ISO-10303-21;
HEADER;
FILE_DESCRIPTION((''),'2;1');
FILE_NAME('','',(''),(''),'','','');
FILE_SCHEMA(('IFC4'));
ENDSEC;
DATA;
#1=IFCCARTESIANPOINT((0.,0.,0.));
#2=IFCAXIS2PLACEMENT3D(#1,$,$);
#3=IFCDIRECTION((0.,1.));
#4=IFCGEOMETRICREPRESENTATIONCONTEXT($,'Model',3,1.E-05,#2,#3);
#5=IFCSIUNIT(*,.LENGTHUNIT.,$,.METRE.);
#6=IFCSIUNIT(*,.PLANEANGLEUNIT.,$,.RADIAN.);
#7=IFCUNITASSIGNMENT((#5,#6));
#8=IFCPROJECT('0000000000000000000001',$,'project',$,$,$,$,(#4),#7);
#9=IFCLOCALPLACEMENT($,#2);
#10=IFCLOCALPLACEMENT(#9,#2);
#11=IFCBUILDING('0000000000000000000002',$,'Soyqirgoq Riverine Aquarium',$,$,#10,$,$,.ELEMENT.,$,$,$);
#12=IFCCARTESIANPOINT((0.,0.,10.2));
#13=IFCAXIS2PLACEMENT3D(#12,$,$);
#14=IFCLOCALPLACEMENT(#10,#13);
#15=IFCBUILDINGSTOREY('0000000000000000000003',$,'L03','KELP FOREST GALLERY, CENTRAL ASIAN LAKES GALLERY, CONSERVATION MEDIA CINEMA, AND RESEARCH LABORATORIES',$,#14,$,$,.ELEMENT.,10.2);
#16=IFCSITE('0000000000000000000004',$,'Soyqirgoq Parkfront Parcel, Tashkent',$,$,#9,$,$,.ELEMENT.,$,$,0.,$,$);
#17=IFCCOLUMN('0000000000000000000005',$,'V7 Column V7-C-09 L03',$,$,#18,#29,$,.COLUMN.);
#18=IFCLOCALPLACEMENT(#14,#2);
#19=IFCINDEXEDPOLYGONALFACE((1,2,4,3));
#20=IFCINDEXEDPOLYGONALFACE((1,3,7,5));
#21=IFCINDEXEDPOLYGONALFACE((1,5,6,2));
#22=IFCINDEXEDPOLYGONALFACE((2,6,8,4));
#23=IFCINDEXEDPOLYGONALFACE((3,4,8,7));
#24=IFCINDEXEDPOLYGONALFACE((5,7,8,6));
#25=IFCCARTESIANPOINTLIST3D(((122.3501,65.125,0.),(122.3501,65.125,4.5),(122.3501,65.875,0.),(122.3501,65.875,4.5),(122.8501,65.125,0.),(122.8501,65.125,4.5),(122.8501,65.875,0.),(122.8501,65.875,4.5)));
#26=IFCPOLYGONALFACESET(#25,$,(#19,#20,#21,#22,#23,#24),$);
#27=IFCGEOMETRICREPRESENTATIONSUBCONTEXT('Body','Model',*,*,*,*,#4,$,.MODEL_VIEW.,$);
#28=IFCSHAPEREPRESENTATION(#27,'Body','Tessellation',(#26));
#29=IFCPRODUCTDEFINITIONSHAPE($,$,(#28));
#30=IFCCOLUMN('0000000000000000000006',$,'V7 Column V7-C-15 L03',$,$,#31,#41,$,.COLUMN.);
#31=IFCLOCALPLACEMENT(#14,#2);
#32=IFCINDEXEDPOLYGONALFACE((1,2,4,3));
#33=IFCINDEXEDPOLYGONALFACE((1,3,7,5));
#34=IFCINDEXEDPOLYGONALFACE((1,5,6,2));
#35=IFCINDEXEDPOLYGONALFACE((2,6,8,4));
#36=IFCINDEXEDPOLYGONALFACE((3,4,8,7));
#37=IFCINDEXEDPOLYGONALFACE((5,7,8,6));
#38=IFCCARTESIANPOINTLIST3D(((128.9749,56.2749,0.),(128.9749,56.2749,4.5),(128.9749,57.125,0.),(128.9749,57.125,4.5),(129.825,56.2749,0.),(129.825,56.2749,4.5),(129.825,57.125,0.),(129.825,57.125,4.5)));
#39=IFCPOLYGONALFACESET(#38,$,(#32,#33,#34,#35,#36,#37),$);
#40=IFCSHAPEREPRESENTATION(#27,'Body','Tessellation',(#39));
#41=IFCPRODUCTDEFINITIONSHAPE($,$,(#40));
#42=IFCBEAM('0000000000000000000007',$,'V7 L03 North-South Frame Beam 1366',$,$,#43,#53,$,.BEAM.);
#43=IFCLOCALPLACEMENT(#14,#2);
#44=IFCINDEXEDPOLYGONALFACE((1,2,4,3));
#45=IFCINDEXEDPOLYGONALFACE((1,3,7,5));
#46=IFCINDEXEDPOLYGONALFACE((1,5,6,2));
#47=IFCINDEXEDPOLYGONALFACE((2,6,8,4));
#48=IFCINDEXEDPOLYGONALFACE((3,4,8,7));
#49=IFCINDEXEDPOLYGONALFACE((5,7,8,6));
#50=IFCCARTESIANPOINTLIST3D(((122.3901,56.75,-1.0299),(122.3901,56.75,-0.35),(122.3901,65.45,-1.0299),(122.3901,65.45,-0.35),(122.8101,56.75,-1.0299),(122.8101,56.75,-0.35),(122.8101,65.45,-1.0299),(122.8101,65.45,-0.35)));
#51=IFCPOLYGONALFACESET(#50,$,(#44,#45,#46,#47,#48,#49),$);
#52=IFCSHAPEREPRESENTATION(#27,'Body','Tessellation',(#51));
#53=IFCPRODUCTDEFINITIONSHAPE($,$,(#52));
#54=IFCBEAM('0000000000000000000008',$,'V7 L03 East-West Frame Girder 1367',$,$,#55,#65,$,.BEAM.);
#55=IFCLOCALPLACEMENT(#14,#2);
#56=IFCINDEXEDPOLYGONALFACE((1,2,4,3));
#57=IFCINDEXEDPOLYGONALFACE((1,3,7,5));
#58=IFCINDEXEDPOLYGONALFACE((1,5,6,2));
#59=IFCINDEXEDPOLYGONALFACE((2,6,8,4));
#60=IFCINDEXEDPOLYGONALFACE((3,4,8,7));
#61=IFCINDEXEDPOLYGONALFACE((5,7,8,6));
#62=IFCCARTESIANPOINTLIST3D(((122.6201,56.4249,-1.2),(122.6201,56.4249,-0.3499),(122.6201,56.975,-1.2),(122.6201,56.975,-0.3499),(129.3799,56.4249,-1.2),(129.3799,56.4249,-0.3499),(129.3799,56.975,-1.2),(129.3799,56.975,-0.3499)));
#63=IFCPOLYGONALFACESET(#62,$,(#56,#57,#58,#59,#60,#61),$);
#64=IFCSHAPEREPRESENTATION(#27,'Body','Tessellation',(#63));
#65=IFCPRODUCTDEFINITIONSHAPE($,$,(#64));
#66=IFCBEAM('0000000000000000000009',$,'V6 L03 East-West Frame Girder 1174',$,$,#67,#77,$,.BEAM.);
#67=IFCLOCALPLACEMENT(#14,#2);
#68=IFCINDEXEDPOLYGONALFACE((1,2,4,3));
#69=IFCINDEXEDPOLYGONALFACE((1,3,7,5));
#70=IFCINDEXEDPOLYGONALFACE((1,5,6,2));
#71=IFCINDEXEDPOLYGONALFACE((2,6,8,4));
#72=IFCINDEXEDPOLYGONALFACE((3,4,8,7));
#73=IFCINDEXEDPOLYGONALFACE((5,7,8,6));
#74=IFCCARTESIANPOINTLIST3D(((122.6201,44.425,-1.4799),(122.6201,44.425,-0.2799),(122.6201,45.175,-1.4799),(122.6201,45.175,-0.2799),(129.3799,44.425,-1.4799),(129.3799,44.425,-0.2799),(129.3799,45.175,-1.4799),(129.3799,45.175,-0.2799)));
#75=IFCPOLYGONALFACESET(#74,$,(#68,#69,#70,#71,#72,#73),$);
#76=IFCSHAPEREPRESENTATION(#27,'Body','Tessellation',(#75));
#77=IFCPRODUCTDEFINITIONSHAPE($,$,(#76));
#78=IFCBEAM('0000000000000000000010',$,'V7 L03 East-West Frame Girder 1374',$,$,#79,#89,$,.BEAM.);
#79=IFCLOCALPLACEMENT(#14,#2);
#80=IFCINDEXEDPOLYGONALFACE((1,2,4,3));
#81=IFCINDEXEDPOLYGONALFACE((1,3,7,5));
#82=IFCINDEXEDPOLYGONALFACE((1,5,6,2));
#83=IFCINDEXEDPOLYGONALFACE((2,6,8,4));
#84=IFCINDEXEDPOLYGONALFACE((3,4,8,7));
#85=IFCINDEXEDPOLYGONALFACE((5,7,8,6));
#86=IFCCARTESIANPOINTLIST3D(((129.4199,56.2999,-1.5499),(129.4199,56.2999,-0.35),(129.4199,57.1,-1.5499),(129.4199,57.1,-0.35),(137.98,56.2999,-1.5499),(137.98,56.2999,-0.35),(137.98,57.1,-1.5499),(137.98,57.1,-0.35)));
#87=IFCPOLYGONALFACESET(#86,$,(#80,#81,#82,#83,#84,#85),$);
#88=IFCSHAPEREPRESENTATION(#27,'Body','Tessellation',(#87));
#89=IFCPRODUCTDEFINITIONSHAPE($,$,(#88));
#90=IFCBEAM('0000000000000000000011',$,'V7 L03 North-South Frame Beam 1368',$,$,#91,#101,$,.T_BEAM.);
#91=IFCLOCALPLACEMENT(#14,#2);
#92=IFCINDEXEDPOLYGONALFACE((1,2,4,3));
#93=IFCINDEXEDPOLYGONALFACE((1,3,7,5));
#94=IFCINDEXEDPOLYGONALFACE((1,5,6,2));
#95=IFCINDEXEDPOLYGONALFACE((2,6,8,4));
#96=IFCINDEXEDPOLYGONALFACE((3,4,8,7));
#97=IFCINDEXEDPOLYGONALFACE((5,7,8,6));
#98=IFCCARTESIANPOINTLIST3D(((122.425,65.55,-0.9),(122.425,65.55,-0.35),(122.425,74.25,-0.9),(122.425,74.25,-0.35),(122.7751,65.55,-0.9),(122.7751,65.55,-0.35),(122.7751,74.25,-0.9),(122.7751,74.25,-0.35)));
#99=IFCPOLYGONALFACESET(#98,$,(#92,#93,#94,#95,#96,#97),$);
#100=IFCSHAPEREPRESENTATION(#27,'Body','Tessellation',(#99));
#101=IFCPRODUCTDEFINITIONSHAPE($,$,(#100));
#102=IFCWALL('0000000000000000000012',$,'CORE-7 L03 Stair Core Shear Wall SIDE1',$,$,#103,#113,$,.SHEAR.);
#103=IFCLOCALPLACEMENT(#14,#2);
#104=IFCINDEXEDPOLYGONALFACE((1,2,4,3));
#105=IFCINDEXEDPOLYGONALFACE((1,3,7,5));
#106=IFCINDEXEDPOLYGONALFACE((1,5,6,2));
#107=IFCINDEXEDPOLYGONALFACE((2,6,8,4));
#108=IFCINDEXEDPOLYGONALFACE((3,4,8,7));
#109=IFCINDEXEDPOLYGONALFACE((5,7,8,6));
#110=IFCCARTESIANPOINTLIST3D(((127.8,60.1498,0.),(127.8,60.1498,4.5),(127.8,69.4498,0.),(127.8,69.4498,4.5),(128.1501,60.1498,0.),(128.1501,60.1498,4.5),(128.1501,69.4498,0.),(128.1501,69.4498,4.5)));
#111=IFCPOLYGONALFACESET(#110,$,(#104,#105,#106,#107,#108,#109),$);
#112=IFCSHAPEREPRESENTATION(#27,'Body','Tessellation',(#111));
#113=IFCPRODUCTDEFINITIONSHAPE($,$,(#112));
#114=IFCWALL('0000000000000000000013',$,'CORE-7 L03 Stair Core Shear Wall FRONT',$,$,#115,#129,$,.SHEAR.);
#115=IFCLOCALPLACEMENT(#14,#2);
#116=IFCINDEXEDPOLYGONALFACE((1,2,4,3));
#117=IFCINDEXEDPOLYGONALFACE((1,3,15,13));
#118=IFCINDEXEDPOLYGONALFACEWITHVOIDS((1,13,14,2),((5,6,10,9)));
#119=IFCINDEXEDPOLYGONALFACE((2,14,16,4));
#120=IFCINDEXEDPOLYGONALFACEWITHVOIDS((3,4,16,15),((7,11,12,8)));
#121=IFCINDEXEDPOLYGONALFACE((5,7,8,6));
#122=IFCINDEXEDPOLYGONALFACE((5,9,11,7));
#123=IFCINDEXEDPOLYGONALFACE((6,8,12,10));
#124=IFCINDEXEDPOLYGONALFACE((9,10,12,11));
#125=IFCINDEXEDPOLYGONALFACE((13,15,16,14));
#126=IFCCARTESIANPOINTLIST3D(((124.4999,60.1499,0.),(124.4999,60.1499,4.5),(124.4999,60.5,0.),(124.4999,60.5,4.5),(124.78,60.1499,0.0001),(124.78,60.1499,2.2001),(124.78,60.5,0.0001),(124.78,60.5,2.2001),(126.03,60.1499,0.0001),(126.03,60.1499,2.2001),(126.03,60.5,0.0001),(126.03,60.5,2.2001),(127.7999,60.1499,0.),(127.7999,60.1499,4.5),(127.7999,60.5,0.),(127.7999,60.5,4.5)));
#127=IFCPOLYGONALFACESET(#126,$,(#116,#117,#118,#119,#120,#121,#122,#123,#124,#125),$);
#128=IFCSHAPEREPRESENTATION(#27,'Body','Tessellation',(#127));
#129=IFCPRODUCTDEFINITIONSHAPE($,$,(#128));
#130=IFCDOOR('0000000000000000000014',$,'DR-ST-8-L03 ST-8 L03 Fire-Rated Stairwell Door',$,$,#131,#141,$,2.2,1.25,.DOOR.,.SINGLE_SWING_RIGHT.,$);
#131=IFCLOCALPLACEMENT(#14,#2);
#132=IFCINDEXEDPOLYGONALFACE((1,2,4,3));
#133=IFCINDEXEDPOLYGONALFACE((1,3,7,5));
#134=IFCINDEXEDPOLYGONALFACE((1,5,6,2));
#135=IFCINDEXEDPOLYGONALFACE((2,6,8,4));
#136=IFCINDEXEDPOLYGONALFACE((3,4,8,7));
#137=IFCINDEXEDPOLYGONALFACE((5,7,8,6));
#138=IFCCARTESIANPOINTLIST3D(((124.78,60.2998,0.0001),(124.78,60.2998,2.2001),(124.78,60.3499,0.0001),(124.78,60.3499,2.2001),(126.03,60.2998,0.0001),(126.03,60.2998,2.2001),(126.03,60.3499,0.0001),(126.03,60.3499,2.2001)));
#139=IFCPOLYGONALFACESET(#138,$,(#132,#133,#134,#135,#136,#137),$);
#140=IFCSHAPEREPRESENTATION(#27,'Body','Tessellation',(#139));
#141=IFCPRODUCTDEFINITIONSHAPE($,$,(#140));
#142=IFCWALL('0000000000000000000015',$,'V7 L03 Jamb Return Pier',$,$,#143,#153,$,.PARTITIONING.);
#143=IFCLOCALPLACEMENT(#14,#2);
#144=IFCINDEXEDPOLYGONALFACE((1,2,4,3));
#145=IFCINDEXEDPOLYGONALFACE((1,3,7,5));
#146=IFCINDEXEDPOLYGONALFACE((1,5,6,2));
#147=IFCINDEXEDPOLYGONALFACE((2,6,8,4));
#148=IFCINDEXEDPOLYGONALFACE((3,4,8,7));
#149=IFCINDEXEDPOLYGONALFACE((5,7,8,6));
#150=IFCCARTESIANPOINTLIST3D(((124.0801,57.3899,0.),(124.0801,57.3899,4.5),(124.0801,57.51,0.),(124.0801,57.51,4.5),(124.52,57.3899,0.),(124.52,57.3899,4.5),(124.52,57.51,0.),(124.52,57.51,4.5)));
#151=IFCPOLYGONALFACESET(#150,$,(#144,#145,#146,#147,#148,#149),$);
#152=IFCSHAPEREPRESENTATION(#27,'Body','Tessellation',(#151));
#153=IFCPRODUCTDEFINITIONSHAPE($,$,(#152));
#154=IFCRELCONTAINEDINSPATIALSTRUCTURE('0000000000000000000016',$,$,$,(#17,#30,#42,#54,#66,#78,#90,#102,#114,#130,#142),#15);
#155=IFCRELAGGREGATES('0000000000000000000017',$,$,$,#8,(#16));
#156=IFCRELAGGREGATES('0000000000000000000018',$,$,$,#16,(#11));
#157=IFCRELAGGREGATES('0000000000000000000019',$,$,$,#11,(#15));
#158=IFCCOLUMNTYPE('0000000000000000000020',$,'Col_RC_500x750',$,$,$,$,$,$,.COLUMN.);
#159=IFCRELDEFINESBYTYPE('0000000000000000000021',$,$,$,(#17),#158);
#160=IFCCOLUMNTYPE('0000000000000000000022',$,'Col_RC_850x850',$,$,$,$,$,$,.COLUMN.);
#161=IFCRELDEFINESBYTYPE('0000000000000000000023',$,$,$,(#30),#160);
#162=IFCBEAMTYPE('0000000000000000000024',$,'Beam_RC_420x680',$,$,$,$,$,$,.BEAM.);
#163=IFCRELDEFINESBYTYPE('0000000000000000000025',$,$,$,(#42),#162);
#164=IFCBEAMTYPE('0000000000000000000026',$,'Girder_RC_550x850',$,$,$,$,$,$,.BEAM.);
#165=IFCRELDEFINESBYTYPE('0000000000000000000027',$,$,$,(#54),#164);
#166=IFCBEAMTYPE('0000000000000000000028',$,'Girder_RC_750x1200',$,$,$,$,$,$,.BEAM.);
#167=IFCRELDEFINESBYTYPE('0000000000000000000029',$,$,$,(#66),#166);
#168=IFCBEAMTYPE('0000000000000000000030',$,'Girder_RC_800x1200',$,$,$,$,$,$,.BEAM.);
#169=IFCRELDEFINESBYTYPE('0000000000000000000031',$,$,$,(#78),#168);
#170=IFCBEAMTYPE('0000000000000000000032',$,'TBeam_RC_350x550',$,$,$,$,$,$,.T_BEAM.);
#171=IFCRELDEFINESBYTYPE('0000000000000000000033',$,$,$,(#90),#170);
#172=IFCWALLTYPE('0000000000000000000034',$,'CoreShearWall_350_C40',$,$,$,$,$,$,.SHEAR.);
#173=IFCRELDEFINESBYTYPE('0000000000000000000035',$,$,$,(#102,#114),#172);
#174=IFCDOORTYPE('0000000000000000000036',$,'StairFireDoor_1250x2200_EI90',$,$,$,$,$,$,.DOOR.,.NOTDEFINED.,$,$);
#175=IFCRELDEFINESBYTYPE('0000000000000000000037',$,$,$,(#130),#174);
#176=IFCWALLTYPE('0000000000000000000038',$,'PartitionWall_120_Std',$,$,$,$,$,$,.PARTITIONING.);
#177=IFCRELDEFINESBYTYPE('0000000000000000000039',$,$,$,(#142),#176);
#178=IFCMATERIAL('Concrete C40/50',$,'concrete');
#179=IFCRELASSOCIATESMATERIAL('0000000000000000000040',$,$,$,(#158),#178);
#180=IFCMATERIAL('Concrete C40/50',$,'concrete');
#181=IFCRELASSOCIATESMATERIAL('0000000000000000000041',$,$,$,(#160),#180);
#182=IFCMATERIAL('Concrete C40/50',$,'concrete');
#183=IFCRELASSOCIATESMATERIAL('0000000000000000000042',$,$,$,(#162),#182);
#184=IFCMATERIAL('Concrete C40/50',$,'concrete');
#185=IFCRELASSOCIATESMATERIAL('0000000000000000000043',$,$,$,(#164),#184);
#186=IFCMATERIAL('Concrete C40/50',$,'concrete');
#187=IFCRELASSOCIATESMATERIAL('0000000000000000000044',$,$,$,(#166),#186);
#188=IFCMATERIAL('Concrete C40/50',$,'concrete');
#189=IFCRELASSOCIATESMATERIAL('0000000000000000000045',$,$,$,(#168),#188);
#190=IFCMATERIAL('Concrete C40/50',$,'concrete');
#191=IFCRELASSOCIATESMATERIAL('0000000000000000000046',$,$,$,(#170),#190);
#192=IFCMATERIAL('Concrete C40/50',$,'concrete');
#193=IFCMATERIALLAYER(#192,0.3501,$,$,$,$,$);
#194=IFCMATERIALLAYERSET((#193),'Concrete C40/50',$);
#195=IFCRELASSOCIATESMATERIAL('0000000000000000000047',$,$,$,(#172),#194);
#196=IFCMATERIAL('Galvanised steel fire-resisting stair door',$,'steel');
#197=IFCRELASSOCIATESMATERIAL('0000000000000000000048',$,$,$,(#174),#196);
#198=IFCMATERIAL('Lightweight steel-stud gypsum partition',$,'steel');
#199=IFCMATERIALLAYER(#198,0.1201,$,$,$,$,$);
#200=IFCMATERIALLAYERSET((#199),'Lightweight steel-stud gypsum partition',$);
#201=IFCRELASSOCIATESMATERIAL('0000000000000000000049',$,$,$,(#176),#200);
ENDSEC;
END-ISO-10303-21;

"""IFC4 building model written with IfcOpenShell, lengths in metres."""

from ifc_helpers import new_model, si_unit, direction, frame, frame_2d, origin, origin_2d, place, context, subcontext, project, spatial, rectangle, extrude, material, layer, layer_set, material_profile, profile_set, type_object, element, fill, save


model = new_model("IFC4")

# Units and contexts
model_context = context("Model", 3, precision=1e-05, world=origin(), true_north=direction((0.0, 1.0)))
body_context = subcontext(model_context, "Body", "Model", "MODEL_VIEW")
ifc_project = project(units=[si_unit("LENGTHUNIT", "METRE"), si_unit("PLANEANGLEUNIT", "RADIAN")], contexts=[model_context])

# Site, building, storey
site_placement = place(None, origin())
site = spatial("IfcSite", under=ifc_project, at=site_placement, Name="Soyqirgoq Parkfront Parcel, Tashkent", CompositionType="ELEMENT", RefElevation=0.0)
building_placement = place(site_placement, origin())
building = spatial("IfcBuilding", under=site, at=building_placement, Name="Soyqirgoq Riverine Aquarium", CompositionType="ELEMENT")
storey_placement = place(building_placement, frame((0.0, 0.0, 10.2)))
storey = spatial("IfcBuildingStorey", under=building, at=storey_placement, Name="L03", Description="KELP FOREST GALLERY, CENTRAL ASIAN LAKES GALLERY, CONSERVATION MEDIA CINEMA, AND RESEARCH LABORATORIES", CompositionType="ELEMENT", Elevation=10.2)

# Columns
ifc_material_1 = material(Name="Concrete C40/50", Category="concrete")
ifc_material_profile_1 = material_profile(ifc_material_1, rectangle(XDim=0.5, YDim=0.75, at=origin_2d()), Name="RC-COL 500x750")
ifc_profile_set_1 = profile_set([ifc_material_profile_1], Name="Concrete C40/50")
column_type_1 = type_object("IfcColumnType", Name="Col_RC_500x750", PredefinedType="COLUMN", material=ifc_profile_set_1)
column_1_placement = place(storey_placement, frame((122.6001, 65.5, 0.0), z_axis=(0.0, 0.0, 1.0), x_axis=(1.0, 0.0, 0.0)))
element("IfcColumn", 1, at=column_1_placement, inside=storey, type_object=column_type_1, Name="V7 Column V7-C-09 L03", PredefinedType="COLUMN", context=body_context, shape_type="SweptSolid", body=[
    extrude(rectangle(XDim=0.5, YDim=0.75, at=origin_2d()), origin(), (0.0, 0.0, 1.0), 4.5),
])
ifc_material_2 = material(Name="Concrete C40/50", Category="concrete")
ifc_material_profile_2 = material_profile(ifc_material_2, rectangle(XDim=0.8501, YDim=0.8501, at=origin_2d()), Name="RC 850x850")
ifc_profile_set_2 = profile_set([ifc_material_profile_2], Name="Concrete C40/50")
column_type_2 = type_object("IfcColumnType", Name="Col_RC_850x850", PredefinedType="COLUMN", material=ifc_profile_set_2)
column_2_placement = place(storey_placement, frame((129.3999, 56.7, 0.0), z_axis=(0.0, 0.0, 1.0), x_axis=(1.0, 0.0, 0.0)))
element("IfcColumn", 2, at=column_2_placement, inside=storey, type_object=column_type_2, Name="V7 Column V7-C-15 L03", PredefinedType="COLUMN", context=body_context, shape_type="SweptSolid", body=[
    extrude(rectangle(XDim=0.8501, YDim=0.8501, at=origin_2d()), origin(), (0.0, 0.0, 1.0), 4.5),
])

# Beams
ifc_material_3 = material(Name="Concrete C40/50", Category="concrete")
ifc_material_profile_3 = material_profile(ifc_material_3, rectangle(XDim=0.4199, YDim=0.6799, at=origin_2d()), Name="RC 420x680")
ifc_profile_set_3 = profile_set([ifc_material_profile_3], Name="Concrete C40/50")
beam_type_1 = type_object("IfcBeamType", Name="Beam_RC_420x680", PredefinedType="BEAM", material=ifc_profile_set_3)
beam_1_placement = place(storey_placement, frame((122.6001, 56.75, -0.6899), z_axis=(0.0, 1.0, 0.0), x_axis=(-1.0, 0.0, 0.0)))
element("IfcBeam", 3, at=beam_1_placement, inside=storey, type_object=beam_type_1, Name="V7 L03 North-South Frame Beam 1366", PredefinedType="BEAM", context=body_context, shape_type="SweptSolid", body=[
    extrude(rectangle(XDim=0.4199, YDim=0.6799, at=origin_2d()), origin(), (0.0, 0.0, 1.0), 8.7),
])
ifc_material_4 = material(Name="Concrete C40/50", Category="concrete")
ifc_material_profile_4 = material_profile(ifc_material_4, rectangle(XDim=0.55, YDim=0.8501, at=origin_2d()), Name="RC 550x850")
ifc_profile_set_4 = profile_set([ifc_material_profile_4], Name="Concrete C40/50")
beam_type_2 = type_object("IfcBeamType", Name="Girder_RC_550x850", PredefinedType="BEAM", material=ifc_profile_set_4)
beam_2_placement = place(storey_placement, frame((122.6201, 56.7, -0.7749), z_axis=(1.0, 0.0, 0.0), x_axis=(0.0, 1.0, 0.0)))
element("IfcBeam", 4, at=beam_2_placement, inside=storey, type_object=beam_type_2, Name="V7 L03 East-West Frame Girder 1367", PredefinedType="BEAM", context=body_context, shape_type="SweptSolid", body=[
    extrude(rectangle(XDim=0.55, YDim=0.8501, at=origin_2d()), origin(), (0.0, 0.0, 1.0), 6.7598),
])
ifc_material_5 = material(Name="Concrete C40/50", Category="concrete")
ifc_material_profile_5 = material_profile(ifc_material_5, rectangle(XDim=0.75, YDim=1.2, at=origin_2d()), Name="RC 750x1200")
ifc_profile_set_5 = profile_set([ifc_material_profile_5], Name="Concrete C40/50")
beam_type_3 = type_object("IfcBeamType", Name="Girder_RC_750x1200", PredefinedType="BEAM", material=ifc_profile_set_5)
beam_3_placement = place(storey_placement, frame((122.6201, 44.8, -0.8799), z_axis=(1.0, 0.0, 0.0), x_axis=(0.0, 1.0, 0.0)))
element("IfcBeam", 5, at=beam_3_placement, inside=storey, type_object=beam_type_3, Name="V6 L03 East-West Frame Girder 1174", PredefinedType="BEAM", context=body_context, shape_type="SweptSolid", body=[
    extrude(rectangle(XDim=0.75, YDim=1.2, at=origin_2d()), origin(), (0.0, 0.0, 1.0), 6.7598),
])
ifc_material_6 = material(Name="Concrete C40/50", Category="concrete")
ifc_material_profile_6 = material_profile(ifc_material_6, rectangle(XDim=0.8, YDim=1.2, at=origin_2d()), Name="RC 800x1200")
ifc_profile_set_6 = profile_set([ifc_material_profile_6], Name="Concrete C40/50")
beam_type_4 = type_object("IfcBeamType", Name="Girder_RC_800x1200", PredefinedType="BEAM", material=ifc_profile_set_6)
beam_4_placement = place(storey_placement, frame((129.4199, 56.7, -0.95), z_axis=(1.0, 0.0, 0.0), x_axis=(0.0, 1.0, 0.0)))
element("IfcBeam", 6, at=beam_4_placement, inside=storey, type_object=beam_type_4, Name="V7 L03 East-West Frame Girder 1374", PredefinedType="BEAM", context=body_context, shape_type="SweptSolid", body=[
    extrude(rectangle(XDim=0.8, YDim=1.2, at=origin_2d()), origin(), (0.0, 0.0, 1.0), 8.5601),
])
ifc_material_7 = material(Name="Concrete C40/50", Category="concrete")
ifc_material_profile_7 = material_profile(ifc_material_7, rectangle(XDim=0.3501, YDim=0.55, at=origin_2d()), Name="RC 350x550")
ifc_profile_set_7 = profile_set([ifc_material_profile_7], Name="Concrete C40/50")
beam_type_5 = type_object("IfcBeamType", Name="TBeam_RC_350x550", PredefinedType="T_BEAM", material=ifc_profile_set_7)
beam_5_placement = place(storey_placement, frame((122.6001, 65.55, -0.625), z_axis=(0.0, 1.0, 0.0), x_axis=(-1.0, 0.0, 0.0)))
element("IfcBeam", 7, at=beam_5_placement, inside=storey, type_object=beam_type_5, Name="V7 L03 North-South Frame Beam 1368", PredefinedType="T_BEAM", context=body_context, shape_type="SweptSolid", body=[
    extrude(rectangle(XDim=0.3501, YDim=0.55, at=origin_2d()), origin(), (0.0, 0.0, 1.0), 8.7),
])

# Wall
ifc_material_8 = material(Name="Concrete C40/50", Category="concrete")
ifc_layer_1 = layer(ifc_material_8, 0.3501)
ifc_layer_set_1 = layer_set([ifc_layer_1], Name="Concrete C40/50")
wall_type_1 = type_object("IfcWallType", Name="CoreShearWall_350_C40", PredefinedType="SHEAR", material=ifc_layer_set_1)
wall_1_placement = place(storey_placement, frame((127.9751, 60.1499, 0.0), z_axis=(0.0, 0.0, 1.0), x_axis=(0.0, 1.0, 0.0)))
element("IfcWall", 8, at=wall_1_placement, inside=storey, type_object=wall_type_1, Name="CORE-7 L03 Stair Core Shear Wall SIDE1", PredefinedType="SHEAR", context=body_context, shape_type="SweptSolid", body=[
    extrude(rectangle(XDim=9.3, YDim=0.3501, at=frame_2d((4.6499, 0.0))), origin(), (0.0, 0.0, 1.0), 4.5),
])

# Wall, opening, door
wall_2_placement = place(storey_placement, frame((124.5, 60.325, 0.0), z_axis=(0.0, 0.0, 1.0), x_axis=(1.0, 0.0, 0.0)))
wall_2 = element("IfcWall", 9, at=wall_2_placement, inside=storey, type_object=wall_type_1, Name="CORE-7 L03 Stair Core Shear Wall FRONT", PredefinedType="SHEAR", context=body_context, shape_type="SweptSolid", body=[
    extrude(rectangle(XDim=3.3, YDim=0.3501, at=frame_2d((1.6499, 0.0))), origin(), (0.0, 0.0, 1.0), 4.5),
])
opening_1_placement = place(wall_2_placement, frame((0.28, 0.0, 0.0)))
opening_1 = element("IfcOpeningElement", 10, at=opening_1_placement, cuts=wall_2, PredefinedType="OPENING", context=body_context, shape_type="SweptSolid", body=[
    extrude(rectangle(XDim=1.25, YDim=2.2, at=frame_2d((0.625, 1.1001))), frame((0.0, 0.1851, 0.0), z_axis=(0.0, -1.0, 0.0), x_axis=(1.0, 0.0, 0.0)), (0.0, 0.0, 1.0), 0.3701),
])
ifc_material_9 = material(Name="Galvanised steel fire-resisting stair door", Category="steel")
door_type = type_object("IfcDoorType", Name="StairFireDoor_1250x2200_EI90", OperationType="NOTDEFINED", PredefinedType="DOOR", material=ifc_material_9)
door_1_placement = place(opening_1_placement, origin())
door_1 = element("IfcDoor", 11, at=door_1_placement, inside=storey, type_object=door_type, Name="DR-ST-8-L03 ST-8 L03 Fire-Rated Stairwell Door", OperationType="SINGLE_SWING_RIGHT", OverallHeight=2.2, OverallWidth=1.25, PredefinedType="DOOR", context=body_context, shape_type="SweptSolid", body=[
    extrude(rectangle(XDim=1.25, YDim=2.2, at=frame_2d((0.625, 1.1001))), frame((0.0, 0.0249, 0.0), z_axis=(0.0, -1.0, 0.0), x_axis=(1.0, 0.0, 0.0)), (0.0, 0.0, 1.0), 0.05),
])
fill(opening_1, door_1)

# Wall
ifc_material_10 = material(Name="Lightweight steel-stud gypsum partition", Category="steel")
ifc_layer_2 = layer(ifc_material_10, 0.1201)
ifc_layer_set_2 = layer_set([ifc_layer_2], Name="Lightweight steel-stud gypsum partition")
wall_type_2 = type_object("IfcWallType", Name="PartitionWall_120_Std", PredefinedType="PARTITIONING", material=ifc_layer_set_2)
wall_3_placement = place(storey_placement, frame((124.0801, 57.45, 0.0), z_axis=(0.0, 0.0, 1.0), x_axis=(1.0, 0.0, 0.0)))
element("IfcWall", 12, at=wall_3_placement, inside=storey, type_object=wall_type_2, Name="V7 L03 Jamb Return Pier", PredefinedType="PARTITIONING", context=body_context, shape_type="SweptSolid", body=[
    extrude(rectangle(XDim=0.4399, YDim=0.1201, at=frame_2d((0.22, 0.0))), origin(), (0.0, 0.0, 1.0), 4.5),
])

save(model, "model.ifc")
